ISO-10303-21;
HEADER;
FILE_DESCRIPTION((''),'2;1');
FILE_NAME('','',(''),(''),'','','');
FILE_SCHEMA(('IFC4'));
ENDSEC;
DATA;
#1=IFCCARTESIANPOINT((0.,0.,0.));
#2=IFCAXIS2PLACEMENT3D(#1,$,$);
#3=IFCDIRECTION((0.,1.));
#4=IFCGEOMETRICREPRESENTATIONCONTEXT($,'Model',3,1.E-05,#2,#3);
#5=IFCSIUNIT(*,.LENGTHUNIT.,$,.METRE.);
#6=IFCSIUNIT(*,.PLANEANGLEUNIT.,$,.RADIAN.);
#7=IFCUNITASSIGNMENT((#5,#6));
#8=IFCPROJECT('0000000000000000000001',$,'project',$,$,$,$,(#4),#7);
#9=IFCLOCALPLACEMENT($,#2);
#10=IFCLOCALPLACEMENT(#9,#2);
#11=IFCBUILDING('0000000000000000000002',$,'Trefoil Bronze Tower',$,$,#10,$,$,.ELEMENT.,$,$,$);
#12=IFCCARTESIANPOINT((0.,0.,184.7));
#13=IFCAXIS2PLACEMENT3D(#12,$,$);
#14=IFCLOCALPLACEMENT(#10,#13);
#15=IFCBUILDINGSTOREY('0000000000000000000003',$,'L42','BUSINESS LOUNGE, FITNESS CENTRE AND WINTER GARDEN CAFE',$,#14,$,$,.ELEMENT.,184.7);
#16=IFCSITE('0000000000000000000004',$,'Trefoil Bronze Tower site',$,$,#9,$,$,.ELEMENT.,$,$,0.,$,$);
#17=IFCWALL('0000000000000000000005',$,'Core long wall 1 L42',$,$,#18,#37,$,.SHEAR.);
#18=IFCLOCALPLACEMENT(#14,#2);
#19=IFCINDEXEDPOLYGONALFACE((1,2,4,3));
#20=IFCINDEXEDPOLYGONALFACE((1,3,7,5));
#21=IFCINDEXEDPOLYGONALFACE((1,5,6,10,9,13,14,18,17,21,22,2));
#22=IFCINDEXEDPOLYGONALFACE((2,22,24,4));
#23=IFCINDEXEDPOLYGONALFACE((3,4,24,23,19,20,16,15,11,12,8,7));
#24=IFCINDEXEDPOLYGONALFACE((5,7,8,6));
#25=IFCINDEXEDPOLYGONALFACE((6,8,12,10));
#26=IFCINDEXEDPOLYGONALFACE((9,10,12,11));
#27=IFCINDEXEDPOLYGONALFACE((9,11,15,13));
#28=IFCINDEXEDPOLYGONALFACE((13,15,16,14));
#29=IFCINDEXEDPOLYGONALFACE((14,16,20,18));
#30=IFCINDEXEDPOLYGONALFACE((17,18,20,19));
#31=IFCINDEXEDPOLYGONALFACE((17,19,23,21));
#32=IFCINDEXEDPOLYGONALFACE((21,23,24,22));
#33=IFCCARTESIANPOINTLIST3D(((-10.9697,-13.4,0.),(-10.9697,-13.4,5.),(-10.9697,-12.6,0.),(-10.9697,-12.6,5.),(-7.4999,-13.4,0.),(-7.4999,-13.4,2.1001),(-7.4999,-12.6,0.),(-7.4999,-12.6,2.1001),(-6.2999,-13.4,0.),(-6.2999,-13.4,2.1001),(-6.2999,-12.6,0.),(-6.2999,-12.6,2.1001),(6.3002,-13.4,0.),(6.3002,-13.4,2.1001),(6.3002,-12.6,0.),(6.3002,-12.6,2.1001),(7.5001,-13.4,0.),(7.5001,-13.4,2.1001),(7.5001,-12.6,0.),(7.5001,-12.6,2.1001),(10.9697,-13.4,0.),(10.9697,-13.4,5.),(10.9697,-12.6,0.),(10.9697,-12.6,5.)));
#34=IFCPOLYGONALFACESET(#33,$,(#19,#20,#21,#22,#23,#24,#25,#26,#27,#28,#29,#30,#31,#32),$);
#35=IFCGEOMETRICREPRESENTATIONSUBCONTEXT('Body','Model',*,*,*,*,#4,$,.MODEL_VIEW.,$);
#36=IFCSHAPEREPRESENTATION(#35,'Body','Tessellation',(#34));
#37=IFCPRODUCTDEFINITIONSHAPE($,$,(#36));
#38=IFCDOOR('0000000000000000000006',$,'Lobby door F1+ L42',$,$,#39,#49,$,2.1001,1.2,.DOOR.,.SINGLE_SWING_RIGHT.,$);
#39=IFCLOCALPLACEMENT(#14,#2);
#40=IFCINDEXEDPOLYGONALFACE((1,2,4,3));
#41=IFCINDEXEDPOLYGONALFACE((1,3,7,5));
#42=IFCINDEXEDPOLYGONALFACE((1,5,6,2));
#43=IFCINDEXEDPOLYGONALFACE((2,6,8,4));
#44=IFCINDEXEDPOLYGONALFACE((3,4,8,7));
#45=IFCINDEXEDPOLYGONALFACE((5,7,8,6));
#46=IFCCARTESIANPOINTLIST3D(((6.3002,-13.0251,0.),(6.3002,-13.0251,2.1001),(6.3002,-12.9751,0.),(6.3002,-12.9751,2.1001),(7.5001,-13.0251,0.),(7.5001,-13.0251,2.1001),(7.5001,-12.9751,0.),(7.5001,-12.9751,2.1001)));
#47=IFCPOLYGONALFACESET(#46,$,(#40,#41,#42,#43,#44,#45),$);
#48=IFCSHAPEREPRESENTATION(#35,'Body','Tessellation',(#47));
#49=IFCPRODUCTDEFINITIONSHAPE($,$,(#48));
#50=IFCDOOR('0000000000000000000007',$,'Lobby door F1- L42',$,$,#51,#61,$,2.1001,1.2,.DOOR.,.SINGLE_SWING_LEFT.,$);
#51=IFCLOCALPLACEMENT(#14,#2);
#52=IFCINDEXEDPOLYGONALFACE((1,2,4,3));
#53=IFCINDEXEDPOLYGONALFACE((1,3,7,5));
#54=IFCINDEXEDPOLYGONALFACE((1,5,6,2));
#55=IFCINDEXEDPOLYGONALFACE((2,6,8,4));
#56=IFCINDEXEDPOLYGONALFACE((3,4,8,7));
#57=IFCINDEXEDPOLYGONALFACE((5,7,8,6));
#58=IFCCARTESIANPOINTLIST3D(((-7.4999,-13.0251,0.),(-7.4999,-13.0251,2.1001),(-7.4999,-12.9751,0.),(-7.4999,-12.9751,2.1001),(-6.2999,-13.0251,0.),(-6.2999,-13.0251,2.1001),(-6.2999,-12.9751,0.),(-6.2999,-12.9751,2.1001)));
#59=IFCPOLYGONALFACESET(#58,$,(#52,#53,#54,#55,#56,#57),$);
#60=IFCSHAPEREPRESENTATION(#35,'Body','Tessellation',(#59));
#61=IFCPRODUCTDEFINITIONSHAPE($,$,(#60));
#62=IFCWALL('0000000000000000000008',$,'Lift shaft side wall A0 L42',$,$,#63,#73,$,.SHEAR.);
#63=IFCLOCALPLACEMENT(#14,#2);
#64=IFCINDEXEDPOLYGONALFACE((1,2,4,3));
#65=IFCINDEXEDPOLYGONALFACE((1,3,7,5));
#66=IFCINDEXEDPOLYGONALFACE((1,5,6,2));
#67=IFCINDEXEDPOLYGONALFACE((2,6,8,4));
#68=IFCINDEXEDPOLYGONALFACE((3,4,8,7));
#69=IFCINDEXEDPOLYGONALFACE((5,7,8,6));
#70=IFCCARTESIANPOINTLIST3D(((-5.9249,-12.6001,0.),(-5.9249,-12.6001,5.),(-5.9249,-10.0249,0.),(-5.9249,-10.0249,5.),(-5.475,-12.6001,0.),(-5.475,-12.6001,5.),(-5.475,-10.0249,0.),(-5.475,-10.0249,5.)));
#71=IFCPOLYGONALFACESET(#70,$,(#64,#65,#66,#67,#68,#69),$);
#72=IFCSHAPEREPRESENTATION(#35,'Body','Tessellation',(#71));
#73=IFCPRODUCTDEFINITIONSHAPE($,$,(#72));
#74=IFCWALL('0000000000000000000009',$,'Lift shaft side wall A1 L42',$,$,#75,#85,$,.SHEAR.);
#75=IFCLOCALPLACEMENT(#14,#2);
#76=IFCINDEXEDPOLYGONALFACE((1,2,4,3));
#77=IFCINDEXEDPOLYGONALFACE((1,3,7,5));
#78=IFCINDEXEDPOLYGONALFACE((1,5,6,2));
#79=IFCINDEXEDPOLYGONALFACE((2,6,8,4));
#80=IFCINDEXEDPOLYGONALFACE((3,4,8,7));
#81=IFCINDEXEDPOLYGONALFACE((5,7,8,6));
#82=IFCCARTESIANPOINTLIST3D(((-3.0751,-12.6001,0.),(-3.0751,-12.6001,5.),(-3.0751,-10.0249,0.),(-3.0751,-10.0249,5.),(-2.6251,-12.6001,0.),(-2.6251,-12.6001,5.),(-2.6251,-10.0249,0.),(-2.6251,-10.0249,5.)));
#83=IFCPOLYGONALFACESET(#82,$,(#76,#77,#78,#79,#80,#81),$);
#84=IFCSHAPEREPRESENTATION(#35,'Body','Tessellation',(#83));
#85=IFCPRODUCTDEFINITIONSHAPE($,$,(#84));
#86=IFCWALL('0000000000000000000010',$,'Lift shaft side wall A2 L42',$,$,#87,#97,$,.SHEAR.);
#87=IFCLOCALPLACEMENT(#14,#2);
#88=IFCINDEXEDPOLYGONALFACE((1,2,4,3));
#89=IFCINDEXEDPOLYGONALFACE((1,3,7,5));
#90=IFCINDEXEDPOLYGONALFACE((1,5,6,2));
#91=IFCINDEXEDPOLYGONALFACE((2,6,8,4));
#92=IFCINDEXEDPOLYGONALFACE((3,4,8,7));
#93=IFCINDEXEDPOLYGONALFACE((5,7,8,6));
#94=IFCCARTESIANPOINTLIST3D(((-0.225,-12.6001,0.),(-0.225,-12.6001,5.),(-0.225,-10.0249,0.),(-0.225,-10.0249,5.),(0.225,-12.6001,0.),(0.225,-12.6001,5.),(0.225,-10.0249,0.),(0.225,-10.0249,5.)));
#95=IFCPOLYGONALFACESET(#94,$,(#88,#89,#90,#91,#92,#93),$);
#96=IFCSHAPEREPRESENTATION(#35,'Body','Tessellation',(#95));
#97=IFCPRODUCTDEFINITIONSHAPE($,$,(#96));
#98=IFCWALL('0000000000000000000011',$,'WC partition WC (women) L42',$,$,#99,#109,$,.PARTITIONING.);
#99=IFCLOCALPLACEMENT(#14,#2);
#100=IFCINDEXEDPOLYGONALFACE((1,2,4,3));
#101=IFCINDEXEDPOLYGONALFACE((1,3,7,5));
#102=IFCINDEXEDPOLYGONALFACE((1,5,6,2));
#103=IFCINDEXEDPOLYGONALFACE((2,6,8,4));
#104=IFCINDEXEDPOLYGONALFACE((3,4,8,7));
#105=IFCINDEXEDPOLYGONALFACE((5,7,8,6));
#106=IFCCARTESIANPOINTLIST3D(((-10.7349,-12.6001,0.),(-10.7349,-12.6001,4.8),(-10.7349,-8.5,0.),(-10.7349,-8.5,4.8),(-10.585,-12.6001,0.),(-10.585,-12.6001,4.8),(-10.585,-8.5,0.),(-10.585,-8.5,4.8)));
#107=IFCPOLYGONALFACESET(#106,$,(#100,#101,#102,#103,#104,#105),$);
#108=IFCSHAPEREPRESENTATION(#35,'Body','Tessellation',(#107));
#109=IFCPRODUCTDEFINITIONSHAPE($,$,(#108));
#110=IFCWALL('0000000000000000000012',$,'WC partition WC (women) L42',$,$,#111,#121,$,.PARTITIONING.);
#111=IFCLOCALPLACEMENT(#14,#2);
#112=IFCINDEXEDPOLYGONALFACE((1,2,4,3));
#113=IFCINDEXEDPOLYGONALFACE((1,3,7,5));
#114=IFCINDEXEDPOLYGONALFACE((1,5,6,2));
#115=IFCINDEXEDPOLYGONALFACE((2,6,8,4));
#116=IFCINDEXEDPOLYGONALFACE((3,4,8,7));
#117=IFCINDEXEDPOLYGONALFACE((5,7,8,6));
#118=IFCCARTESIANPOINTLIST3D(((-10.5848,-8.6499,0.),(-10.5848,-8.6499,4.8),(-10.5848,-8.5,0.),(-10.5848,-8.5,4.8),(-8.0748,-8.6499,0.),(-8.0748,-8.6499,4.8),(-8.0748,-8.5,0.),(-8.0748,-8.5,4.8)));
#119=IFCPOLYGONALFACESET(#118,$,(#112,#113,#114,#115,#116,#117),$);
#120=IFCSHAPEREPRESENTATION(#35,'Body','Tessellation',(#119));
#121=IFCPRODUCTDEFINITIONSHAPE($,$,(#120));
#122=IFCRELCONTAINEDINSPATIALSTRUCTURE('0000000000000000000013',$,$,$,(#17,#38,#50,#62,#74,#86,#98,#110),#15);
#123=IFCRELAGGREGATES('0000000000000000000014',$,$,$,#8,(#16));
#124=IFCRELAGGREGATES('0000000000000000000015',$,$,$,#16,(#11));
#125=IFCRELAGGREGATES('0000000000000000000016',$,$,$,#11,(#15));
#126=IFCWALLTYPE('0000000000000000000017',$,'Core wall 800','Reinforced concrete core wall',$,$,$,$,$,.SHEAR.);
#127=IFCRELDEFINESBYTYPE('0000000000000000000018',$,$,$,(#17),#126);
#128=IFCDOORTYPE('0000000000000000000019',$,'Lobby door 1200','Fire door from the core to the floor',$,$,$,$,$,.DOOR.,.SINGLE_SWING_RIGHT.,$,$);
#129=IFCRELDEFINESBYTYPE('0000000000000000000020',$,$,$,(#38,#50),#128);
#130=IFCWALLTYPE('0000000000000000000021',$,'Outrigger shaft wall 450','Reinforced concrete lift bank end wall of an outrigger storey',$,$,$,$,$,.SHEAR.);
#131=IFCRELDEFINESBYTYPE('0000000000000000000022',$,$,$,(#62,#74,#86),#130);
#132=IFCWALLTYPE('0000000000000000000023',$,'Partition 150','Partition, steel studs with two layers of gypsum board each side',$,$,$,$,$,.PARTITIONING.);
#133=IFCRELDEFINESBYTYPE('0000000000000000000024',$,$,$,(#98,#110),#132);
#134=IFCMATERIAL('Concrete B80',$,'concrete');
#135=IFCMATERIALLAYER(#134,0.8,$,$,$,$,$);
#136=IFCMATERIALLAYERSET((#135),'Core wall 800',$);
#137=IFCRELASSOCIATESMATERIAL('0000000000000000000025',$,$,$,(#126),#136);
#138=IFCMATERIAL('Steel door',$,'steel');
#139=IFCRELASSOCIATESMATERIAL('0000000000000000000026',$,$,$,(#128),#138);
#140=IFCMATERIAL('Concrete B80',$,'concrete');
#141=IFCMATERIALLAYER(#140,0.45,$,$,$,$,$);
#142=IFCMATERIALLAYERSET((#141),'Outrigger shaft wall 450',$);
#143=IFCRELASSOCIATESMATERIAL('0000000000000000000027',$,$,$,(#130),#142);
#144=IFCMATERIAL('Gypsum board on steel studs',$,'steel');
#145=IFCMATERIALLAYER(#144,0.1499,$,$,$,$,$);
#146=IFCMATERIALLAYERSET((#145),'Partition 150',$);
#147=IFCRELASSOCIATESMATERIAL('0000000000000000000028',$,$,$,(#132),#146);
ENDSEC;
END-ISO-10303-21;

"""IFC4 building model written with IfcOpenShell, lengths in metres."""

from ifc_helpers import new_model, si_unit, direction, frame, frame_2d, origin, place, context, subcontext, project, spatial, rectangle, extrude, material, layer, layer_set, type_object, element, fill, save


model = new_model("IFC4")

# Units and contexts
model_context = context("Model", 3, precision=1e-05, world=origin(), true_north=direction((0.0, 1.0)))
body_context = subcontext(model_context, "Body", "Model", "MODEL_VIEW")
ifc_project = project(units=[si_unit("LENGTHUNIT", "METRE"), si_unit("PLANEANGLEUNIT", "RADIAN")], contexts=[model_context])

# Site, building, storey
site_placement = place(None, origin())
site = spatial("IfcSite", under=ifc_project, at=site_placement, Name="Trefoil Bronze Tower site", CompositionType="ELEMENT", RefElevation=0.0)
building_placement = place(site_placement, origin())
building = spatial("IfcBuilding", under=site, at=building_placement, Name="Trefoil Bronze Tower", CompositionType="ELEMENT")
storey_placement = place(building_placement, frame((0.0, 0.0, 184.7)))
storey = spatial("IfcBuildingStorey", under=building, at=storey_placement, Name="L42", Description="BUSINESS LOUNGE, FITNESS CENTRE AND WINTER GARDEN CAFE", CompositionType="ELEMENT", Elevation=184.7)

# Wall, openings, doors
ifc_material_1 = material(Name="Concrete B80", Category="concrete")
ifc_layer_1 = layer(ifc_material_1, 0.8)
ifc_layer_set_1 = layer_set([ifc_layer_1], Name="Core wall 800")
wall_type_1 = type_object("IfcWallType", Name="Core wall 800", Description="Reinforced concrete core wall", PredefinedType="SHEAR", material=ifc_layer_set_1)
wall_1_placement = place(storey_placement, frame((-10.9697, -13.0, 0.0), z_axis=(0.0, 0.0, 1.0), x_axis=(1.0, 0.0, 0.0)))
wall_1 = element("IfcWall", 1, at=wall_1_placement, inside=storey, type_object=wall_type_1, Name="Core long wall 1 L42", PredefinedType="SHEAR", context=body_context, shape_type="SweptSolid", body=[
    extrude(rectangle(XDim=21.9395, YDim=0.8, at=frame_2d((10.9697, 0.0))), origin(), (0.0, 0.0, 1.0), 5.0),
])
opening_1_placement = place(wall_1_placement, frame((17.2698, 0.0, 0.0)))
opening_1 = element("IfcOpeningElement", 2, at=opening_1_placement, cuts=wall_1, PredefinedType="OPENING", context=body_context, shape_type="SweptSolid", body=[
    extrude(rectangle(XDim=1.2, YDim=2.1001, at=frame_2d((0.6001, 1.05))), frame((0.0, 0.4099, 0.0), z_axis=(0.0, -1.0, 0.0), x_axis=(1.0, 0.0, 0.0)), (0.0, 0.0, 1.0), 0.8201),
])
opening_2_placement = place(wall_1_placement, frame((3.4697, 0.0, 0.0)))
opening_2 = element("IfcOpeningElement", 3, at=opening_2_placement, cuts=wall_1, PredefinedType="OPENING", context=body_context, shape_type="SweptSolid", body=[
    extrude(rectangle(XDim=1.2, YDim=2.1001, at=frame_2d((0.6001, 1.05))), frame((0.0, 0.4099, 0.0), z_axis=(0.0, -1.0, 0.0), x_axis=(1.0, 0.0, 0.0)), (0.0, 0.0, 1.0), 0.8201),
])
ifc_material_2 = material(Name="Steel door", Category="steel")
door_type_1 = type_object("IfcDoorType", Name="Lobby door 1200", Description="Fire door from the core to the floor", OperationType="SINGLE_SWING_RIGHT", PredefinedType="DOOR", material=ifc_material_2)
door_1_placement = place(opening_1_placement, origin())
door_1 = element("IfcDoor", 4, at=door_1_placement, inside=storey, type_object=door_type_1, Name="Lobby door F1+ L42", OperationType="SINGLE_SWING_RIGHT", OverallHeight=2.1001, OverallWidth=1.2, PredefinedType="DOOR", context=body_context, shape_type="SweptSolid", body=[
    extrude(rectangle(XDim=1.2, YDim=2.1001, at=frame_2d((0.6001, 1.05))), frame((0.0, 0.0249, 0.0), z_axis=(0.0, -1.0, 0.0), x_axis=(1.0, 0.0, 0.0)), (0.0, 0.0, 1.0), 0.05),
])
fill(opening_1, door_1)
door_2_placement = place(opening_2_placement, origin())
door_2 = element("IfcDoor", 5, at=door_2_placement, inside=storey, type_object=door_type_1, Name="Lobby door F1- L42", OperationType="SINGLE_SWING_LEFT", OverallHeight=2.1001, OverallWidth=1.2, PredefinedType="DOOR", context=body_context, shape_type="SweptSolid", body=[
    extrude(rectangle(XDim=1.2, YDim=2.1001, at=frame_2d((0.6001, 1.05))), frame((0.0, 0.0249, 0.0), z_axis=(0.0, -1.0, 0.0), x_axis=(1.0, 0.0, 0.0)), (0.0, 0.0, 1.0), 0.05),
])
fill(opening_2, door_2)

# Walls
ifc_material_3 = material(Name="Concrete B80", Category="concrete")
ifc_layer_2 = layer(ifc_material_3, 0.45)
ifc_layer_set_2 = layer_set([ifc_layer_2], Name="Outrigger shaft wall 450")
wall_type_2 = type_object("IfcWallType", Name="Outrigger shaft wall 450", Description="Reinforced concrete lift bank end wall of an outrigger storey", PredefinedType="SHEAR", material=ifc_layer_set_2)
for number, where, z_axis, x_axis, name in (
    (6, (-5.7, -10.0249, 0.0), (0.0, 0.0, 1.0), (0.0, -1.0, 0.0), "Lift shaft side wall A0 L42"),
    (7, (-2.8501, -10.0249, 0.0), (0.0, 0.0, 1.0), (0.0, -1.0, 0.0), "Lift shaft side wall A1 L42"),
    (8, (0.0, -10.0249, 0.0), (0.0, 0.0, 1.0), (0.0, -1.0, 0.0), "Lift shaft side wall A2 L42"),
):
    element("IfcWall", number, at=place(storey_placement, frame(where, z_axis=z_axis, x_axis=x_axis)), inside=storey, type_object=wall_type_2, Name=name, PredefinedType="SHEAR", context=body_context, shape_type="SweptSolid", body=[
        extrude(rectangle(XDim=2.5752, YDim=0.45, at=frame_2d((1.2876, 0.0))), origin(), (0.0, 0.0, 1.0), 5.0),
    ])
ifc_material_4 = material(Name="Gypsum board on steel studs", Category="steel")
ifc_layer_3 = layer(ifc_material_4, 0.1499)
ifc_layer_set_3 = layer_set([ifc_layer_3], Name="Partition 150")
wall_type_3 = type_object("IfcWallType", Name="Partition 150", Description="Partition, steel studs with two layers of gypsum board each side", PredefinedType="PARTITIONING", material=ifc_layer_set_3)
wall_2_placement = place(storey_placement, frame((-10.6599, -8.5, 0.0), z_axis=(0.0, 0.0, 1.0), x_axis=(0.0, -1.0, 0.0)))
element("IfcWall", 9, at=wall_2_placement, inside=storey, type_object=wall_type_3, Name="WC partition WC (women) L42", PredefinedType="PARTITIONING", context=body_context, shape_type="SweptSolid", body=[
    extrude(rectangle(XDim=4.1001, YDim=0.1499, at=frame_2d((2.05, 0.0))), origin(), (0.0, 0.0, 1.0), 4.8),
])
wall_3_placement = place(storey_placement, frame((-8.075, -8.575, 0.0), z_axis=(0.0, 0.0, 1.0), x_axis=(-1.0, 0.0, 0.0)))
element("IfcWall", 10, at=wall_3_placement, inside=storey, type_object=wall_type_3, Name="WC partition WC (women) L42", PredefinedType="PARTITIONING", context=body_context, shape_type="SweptSolid", body=[
    extrude(rectangle(XDim=2.51, YDim=0.1499, at=frame_2d((1.2549, 0.0))), origin(), (0.0, 0.0, 1.0), 4.8),
])

save(model, "model.ifc")
